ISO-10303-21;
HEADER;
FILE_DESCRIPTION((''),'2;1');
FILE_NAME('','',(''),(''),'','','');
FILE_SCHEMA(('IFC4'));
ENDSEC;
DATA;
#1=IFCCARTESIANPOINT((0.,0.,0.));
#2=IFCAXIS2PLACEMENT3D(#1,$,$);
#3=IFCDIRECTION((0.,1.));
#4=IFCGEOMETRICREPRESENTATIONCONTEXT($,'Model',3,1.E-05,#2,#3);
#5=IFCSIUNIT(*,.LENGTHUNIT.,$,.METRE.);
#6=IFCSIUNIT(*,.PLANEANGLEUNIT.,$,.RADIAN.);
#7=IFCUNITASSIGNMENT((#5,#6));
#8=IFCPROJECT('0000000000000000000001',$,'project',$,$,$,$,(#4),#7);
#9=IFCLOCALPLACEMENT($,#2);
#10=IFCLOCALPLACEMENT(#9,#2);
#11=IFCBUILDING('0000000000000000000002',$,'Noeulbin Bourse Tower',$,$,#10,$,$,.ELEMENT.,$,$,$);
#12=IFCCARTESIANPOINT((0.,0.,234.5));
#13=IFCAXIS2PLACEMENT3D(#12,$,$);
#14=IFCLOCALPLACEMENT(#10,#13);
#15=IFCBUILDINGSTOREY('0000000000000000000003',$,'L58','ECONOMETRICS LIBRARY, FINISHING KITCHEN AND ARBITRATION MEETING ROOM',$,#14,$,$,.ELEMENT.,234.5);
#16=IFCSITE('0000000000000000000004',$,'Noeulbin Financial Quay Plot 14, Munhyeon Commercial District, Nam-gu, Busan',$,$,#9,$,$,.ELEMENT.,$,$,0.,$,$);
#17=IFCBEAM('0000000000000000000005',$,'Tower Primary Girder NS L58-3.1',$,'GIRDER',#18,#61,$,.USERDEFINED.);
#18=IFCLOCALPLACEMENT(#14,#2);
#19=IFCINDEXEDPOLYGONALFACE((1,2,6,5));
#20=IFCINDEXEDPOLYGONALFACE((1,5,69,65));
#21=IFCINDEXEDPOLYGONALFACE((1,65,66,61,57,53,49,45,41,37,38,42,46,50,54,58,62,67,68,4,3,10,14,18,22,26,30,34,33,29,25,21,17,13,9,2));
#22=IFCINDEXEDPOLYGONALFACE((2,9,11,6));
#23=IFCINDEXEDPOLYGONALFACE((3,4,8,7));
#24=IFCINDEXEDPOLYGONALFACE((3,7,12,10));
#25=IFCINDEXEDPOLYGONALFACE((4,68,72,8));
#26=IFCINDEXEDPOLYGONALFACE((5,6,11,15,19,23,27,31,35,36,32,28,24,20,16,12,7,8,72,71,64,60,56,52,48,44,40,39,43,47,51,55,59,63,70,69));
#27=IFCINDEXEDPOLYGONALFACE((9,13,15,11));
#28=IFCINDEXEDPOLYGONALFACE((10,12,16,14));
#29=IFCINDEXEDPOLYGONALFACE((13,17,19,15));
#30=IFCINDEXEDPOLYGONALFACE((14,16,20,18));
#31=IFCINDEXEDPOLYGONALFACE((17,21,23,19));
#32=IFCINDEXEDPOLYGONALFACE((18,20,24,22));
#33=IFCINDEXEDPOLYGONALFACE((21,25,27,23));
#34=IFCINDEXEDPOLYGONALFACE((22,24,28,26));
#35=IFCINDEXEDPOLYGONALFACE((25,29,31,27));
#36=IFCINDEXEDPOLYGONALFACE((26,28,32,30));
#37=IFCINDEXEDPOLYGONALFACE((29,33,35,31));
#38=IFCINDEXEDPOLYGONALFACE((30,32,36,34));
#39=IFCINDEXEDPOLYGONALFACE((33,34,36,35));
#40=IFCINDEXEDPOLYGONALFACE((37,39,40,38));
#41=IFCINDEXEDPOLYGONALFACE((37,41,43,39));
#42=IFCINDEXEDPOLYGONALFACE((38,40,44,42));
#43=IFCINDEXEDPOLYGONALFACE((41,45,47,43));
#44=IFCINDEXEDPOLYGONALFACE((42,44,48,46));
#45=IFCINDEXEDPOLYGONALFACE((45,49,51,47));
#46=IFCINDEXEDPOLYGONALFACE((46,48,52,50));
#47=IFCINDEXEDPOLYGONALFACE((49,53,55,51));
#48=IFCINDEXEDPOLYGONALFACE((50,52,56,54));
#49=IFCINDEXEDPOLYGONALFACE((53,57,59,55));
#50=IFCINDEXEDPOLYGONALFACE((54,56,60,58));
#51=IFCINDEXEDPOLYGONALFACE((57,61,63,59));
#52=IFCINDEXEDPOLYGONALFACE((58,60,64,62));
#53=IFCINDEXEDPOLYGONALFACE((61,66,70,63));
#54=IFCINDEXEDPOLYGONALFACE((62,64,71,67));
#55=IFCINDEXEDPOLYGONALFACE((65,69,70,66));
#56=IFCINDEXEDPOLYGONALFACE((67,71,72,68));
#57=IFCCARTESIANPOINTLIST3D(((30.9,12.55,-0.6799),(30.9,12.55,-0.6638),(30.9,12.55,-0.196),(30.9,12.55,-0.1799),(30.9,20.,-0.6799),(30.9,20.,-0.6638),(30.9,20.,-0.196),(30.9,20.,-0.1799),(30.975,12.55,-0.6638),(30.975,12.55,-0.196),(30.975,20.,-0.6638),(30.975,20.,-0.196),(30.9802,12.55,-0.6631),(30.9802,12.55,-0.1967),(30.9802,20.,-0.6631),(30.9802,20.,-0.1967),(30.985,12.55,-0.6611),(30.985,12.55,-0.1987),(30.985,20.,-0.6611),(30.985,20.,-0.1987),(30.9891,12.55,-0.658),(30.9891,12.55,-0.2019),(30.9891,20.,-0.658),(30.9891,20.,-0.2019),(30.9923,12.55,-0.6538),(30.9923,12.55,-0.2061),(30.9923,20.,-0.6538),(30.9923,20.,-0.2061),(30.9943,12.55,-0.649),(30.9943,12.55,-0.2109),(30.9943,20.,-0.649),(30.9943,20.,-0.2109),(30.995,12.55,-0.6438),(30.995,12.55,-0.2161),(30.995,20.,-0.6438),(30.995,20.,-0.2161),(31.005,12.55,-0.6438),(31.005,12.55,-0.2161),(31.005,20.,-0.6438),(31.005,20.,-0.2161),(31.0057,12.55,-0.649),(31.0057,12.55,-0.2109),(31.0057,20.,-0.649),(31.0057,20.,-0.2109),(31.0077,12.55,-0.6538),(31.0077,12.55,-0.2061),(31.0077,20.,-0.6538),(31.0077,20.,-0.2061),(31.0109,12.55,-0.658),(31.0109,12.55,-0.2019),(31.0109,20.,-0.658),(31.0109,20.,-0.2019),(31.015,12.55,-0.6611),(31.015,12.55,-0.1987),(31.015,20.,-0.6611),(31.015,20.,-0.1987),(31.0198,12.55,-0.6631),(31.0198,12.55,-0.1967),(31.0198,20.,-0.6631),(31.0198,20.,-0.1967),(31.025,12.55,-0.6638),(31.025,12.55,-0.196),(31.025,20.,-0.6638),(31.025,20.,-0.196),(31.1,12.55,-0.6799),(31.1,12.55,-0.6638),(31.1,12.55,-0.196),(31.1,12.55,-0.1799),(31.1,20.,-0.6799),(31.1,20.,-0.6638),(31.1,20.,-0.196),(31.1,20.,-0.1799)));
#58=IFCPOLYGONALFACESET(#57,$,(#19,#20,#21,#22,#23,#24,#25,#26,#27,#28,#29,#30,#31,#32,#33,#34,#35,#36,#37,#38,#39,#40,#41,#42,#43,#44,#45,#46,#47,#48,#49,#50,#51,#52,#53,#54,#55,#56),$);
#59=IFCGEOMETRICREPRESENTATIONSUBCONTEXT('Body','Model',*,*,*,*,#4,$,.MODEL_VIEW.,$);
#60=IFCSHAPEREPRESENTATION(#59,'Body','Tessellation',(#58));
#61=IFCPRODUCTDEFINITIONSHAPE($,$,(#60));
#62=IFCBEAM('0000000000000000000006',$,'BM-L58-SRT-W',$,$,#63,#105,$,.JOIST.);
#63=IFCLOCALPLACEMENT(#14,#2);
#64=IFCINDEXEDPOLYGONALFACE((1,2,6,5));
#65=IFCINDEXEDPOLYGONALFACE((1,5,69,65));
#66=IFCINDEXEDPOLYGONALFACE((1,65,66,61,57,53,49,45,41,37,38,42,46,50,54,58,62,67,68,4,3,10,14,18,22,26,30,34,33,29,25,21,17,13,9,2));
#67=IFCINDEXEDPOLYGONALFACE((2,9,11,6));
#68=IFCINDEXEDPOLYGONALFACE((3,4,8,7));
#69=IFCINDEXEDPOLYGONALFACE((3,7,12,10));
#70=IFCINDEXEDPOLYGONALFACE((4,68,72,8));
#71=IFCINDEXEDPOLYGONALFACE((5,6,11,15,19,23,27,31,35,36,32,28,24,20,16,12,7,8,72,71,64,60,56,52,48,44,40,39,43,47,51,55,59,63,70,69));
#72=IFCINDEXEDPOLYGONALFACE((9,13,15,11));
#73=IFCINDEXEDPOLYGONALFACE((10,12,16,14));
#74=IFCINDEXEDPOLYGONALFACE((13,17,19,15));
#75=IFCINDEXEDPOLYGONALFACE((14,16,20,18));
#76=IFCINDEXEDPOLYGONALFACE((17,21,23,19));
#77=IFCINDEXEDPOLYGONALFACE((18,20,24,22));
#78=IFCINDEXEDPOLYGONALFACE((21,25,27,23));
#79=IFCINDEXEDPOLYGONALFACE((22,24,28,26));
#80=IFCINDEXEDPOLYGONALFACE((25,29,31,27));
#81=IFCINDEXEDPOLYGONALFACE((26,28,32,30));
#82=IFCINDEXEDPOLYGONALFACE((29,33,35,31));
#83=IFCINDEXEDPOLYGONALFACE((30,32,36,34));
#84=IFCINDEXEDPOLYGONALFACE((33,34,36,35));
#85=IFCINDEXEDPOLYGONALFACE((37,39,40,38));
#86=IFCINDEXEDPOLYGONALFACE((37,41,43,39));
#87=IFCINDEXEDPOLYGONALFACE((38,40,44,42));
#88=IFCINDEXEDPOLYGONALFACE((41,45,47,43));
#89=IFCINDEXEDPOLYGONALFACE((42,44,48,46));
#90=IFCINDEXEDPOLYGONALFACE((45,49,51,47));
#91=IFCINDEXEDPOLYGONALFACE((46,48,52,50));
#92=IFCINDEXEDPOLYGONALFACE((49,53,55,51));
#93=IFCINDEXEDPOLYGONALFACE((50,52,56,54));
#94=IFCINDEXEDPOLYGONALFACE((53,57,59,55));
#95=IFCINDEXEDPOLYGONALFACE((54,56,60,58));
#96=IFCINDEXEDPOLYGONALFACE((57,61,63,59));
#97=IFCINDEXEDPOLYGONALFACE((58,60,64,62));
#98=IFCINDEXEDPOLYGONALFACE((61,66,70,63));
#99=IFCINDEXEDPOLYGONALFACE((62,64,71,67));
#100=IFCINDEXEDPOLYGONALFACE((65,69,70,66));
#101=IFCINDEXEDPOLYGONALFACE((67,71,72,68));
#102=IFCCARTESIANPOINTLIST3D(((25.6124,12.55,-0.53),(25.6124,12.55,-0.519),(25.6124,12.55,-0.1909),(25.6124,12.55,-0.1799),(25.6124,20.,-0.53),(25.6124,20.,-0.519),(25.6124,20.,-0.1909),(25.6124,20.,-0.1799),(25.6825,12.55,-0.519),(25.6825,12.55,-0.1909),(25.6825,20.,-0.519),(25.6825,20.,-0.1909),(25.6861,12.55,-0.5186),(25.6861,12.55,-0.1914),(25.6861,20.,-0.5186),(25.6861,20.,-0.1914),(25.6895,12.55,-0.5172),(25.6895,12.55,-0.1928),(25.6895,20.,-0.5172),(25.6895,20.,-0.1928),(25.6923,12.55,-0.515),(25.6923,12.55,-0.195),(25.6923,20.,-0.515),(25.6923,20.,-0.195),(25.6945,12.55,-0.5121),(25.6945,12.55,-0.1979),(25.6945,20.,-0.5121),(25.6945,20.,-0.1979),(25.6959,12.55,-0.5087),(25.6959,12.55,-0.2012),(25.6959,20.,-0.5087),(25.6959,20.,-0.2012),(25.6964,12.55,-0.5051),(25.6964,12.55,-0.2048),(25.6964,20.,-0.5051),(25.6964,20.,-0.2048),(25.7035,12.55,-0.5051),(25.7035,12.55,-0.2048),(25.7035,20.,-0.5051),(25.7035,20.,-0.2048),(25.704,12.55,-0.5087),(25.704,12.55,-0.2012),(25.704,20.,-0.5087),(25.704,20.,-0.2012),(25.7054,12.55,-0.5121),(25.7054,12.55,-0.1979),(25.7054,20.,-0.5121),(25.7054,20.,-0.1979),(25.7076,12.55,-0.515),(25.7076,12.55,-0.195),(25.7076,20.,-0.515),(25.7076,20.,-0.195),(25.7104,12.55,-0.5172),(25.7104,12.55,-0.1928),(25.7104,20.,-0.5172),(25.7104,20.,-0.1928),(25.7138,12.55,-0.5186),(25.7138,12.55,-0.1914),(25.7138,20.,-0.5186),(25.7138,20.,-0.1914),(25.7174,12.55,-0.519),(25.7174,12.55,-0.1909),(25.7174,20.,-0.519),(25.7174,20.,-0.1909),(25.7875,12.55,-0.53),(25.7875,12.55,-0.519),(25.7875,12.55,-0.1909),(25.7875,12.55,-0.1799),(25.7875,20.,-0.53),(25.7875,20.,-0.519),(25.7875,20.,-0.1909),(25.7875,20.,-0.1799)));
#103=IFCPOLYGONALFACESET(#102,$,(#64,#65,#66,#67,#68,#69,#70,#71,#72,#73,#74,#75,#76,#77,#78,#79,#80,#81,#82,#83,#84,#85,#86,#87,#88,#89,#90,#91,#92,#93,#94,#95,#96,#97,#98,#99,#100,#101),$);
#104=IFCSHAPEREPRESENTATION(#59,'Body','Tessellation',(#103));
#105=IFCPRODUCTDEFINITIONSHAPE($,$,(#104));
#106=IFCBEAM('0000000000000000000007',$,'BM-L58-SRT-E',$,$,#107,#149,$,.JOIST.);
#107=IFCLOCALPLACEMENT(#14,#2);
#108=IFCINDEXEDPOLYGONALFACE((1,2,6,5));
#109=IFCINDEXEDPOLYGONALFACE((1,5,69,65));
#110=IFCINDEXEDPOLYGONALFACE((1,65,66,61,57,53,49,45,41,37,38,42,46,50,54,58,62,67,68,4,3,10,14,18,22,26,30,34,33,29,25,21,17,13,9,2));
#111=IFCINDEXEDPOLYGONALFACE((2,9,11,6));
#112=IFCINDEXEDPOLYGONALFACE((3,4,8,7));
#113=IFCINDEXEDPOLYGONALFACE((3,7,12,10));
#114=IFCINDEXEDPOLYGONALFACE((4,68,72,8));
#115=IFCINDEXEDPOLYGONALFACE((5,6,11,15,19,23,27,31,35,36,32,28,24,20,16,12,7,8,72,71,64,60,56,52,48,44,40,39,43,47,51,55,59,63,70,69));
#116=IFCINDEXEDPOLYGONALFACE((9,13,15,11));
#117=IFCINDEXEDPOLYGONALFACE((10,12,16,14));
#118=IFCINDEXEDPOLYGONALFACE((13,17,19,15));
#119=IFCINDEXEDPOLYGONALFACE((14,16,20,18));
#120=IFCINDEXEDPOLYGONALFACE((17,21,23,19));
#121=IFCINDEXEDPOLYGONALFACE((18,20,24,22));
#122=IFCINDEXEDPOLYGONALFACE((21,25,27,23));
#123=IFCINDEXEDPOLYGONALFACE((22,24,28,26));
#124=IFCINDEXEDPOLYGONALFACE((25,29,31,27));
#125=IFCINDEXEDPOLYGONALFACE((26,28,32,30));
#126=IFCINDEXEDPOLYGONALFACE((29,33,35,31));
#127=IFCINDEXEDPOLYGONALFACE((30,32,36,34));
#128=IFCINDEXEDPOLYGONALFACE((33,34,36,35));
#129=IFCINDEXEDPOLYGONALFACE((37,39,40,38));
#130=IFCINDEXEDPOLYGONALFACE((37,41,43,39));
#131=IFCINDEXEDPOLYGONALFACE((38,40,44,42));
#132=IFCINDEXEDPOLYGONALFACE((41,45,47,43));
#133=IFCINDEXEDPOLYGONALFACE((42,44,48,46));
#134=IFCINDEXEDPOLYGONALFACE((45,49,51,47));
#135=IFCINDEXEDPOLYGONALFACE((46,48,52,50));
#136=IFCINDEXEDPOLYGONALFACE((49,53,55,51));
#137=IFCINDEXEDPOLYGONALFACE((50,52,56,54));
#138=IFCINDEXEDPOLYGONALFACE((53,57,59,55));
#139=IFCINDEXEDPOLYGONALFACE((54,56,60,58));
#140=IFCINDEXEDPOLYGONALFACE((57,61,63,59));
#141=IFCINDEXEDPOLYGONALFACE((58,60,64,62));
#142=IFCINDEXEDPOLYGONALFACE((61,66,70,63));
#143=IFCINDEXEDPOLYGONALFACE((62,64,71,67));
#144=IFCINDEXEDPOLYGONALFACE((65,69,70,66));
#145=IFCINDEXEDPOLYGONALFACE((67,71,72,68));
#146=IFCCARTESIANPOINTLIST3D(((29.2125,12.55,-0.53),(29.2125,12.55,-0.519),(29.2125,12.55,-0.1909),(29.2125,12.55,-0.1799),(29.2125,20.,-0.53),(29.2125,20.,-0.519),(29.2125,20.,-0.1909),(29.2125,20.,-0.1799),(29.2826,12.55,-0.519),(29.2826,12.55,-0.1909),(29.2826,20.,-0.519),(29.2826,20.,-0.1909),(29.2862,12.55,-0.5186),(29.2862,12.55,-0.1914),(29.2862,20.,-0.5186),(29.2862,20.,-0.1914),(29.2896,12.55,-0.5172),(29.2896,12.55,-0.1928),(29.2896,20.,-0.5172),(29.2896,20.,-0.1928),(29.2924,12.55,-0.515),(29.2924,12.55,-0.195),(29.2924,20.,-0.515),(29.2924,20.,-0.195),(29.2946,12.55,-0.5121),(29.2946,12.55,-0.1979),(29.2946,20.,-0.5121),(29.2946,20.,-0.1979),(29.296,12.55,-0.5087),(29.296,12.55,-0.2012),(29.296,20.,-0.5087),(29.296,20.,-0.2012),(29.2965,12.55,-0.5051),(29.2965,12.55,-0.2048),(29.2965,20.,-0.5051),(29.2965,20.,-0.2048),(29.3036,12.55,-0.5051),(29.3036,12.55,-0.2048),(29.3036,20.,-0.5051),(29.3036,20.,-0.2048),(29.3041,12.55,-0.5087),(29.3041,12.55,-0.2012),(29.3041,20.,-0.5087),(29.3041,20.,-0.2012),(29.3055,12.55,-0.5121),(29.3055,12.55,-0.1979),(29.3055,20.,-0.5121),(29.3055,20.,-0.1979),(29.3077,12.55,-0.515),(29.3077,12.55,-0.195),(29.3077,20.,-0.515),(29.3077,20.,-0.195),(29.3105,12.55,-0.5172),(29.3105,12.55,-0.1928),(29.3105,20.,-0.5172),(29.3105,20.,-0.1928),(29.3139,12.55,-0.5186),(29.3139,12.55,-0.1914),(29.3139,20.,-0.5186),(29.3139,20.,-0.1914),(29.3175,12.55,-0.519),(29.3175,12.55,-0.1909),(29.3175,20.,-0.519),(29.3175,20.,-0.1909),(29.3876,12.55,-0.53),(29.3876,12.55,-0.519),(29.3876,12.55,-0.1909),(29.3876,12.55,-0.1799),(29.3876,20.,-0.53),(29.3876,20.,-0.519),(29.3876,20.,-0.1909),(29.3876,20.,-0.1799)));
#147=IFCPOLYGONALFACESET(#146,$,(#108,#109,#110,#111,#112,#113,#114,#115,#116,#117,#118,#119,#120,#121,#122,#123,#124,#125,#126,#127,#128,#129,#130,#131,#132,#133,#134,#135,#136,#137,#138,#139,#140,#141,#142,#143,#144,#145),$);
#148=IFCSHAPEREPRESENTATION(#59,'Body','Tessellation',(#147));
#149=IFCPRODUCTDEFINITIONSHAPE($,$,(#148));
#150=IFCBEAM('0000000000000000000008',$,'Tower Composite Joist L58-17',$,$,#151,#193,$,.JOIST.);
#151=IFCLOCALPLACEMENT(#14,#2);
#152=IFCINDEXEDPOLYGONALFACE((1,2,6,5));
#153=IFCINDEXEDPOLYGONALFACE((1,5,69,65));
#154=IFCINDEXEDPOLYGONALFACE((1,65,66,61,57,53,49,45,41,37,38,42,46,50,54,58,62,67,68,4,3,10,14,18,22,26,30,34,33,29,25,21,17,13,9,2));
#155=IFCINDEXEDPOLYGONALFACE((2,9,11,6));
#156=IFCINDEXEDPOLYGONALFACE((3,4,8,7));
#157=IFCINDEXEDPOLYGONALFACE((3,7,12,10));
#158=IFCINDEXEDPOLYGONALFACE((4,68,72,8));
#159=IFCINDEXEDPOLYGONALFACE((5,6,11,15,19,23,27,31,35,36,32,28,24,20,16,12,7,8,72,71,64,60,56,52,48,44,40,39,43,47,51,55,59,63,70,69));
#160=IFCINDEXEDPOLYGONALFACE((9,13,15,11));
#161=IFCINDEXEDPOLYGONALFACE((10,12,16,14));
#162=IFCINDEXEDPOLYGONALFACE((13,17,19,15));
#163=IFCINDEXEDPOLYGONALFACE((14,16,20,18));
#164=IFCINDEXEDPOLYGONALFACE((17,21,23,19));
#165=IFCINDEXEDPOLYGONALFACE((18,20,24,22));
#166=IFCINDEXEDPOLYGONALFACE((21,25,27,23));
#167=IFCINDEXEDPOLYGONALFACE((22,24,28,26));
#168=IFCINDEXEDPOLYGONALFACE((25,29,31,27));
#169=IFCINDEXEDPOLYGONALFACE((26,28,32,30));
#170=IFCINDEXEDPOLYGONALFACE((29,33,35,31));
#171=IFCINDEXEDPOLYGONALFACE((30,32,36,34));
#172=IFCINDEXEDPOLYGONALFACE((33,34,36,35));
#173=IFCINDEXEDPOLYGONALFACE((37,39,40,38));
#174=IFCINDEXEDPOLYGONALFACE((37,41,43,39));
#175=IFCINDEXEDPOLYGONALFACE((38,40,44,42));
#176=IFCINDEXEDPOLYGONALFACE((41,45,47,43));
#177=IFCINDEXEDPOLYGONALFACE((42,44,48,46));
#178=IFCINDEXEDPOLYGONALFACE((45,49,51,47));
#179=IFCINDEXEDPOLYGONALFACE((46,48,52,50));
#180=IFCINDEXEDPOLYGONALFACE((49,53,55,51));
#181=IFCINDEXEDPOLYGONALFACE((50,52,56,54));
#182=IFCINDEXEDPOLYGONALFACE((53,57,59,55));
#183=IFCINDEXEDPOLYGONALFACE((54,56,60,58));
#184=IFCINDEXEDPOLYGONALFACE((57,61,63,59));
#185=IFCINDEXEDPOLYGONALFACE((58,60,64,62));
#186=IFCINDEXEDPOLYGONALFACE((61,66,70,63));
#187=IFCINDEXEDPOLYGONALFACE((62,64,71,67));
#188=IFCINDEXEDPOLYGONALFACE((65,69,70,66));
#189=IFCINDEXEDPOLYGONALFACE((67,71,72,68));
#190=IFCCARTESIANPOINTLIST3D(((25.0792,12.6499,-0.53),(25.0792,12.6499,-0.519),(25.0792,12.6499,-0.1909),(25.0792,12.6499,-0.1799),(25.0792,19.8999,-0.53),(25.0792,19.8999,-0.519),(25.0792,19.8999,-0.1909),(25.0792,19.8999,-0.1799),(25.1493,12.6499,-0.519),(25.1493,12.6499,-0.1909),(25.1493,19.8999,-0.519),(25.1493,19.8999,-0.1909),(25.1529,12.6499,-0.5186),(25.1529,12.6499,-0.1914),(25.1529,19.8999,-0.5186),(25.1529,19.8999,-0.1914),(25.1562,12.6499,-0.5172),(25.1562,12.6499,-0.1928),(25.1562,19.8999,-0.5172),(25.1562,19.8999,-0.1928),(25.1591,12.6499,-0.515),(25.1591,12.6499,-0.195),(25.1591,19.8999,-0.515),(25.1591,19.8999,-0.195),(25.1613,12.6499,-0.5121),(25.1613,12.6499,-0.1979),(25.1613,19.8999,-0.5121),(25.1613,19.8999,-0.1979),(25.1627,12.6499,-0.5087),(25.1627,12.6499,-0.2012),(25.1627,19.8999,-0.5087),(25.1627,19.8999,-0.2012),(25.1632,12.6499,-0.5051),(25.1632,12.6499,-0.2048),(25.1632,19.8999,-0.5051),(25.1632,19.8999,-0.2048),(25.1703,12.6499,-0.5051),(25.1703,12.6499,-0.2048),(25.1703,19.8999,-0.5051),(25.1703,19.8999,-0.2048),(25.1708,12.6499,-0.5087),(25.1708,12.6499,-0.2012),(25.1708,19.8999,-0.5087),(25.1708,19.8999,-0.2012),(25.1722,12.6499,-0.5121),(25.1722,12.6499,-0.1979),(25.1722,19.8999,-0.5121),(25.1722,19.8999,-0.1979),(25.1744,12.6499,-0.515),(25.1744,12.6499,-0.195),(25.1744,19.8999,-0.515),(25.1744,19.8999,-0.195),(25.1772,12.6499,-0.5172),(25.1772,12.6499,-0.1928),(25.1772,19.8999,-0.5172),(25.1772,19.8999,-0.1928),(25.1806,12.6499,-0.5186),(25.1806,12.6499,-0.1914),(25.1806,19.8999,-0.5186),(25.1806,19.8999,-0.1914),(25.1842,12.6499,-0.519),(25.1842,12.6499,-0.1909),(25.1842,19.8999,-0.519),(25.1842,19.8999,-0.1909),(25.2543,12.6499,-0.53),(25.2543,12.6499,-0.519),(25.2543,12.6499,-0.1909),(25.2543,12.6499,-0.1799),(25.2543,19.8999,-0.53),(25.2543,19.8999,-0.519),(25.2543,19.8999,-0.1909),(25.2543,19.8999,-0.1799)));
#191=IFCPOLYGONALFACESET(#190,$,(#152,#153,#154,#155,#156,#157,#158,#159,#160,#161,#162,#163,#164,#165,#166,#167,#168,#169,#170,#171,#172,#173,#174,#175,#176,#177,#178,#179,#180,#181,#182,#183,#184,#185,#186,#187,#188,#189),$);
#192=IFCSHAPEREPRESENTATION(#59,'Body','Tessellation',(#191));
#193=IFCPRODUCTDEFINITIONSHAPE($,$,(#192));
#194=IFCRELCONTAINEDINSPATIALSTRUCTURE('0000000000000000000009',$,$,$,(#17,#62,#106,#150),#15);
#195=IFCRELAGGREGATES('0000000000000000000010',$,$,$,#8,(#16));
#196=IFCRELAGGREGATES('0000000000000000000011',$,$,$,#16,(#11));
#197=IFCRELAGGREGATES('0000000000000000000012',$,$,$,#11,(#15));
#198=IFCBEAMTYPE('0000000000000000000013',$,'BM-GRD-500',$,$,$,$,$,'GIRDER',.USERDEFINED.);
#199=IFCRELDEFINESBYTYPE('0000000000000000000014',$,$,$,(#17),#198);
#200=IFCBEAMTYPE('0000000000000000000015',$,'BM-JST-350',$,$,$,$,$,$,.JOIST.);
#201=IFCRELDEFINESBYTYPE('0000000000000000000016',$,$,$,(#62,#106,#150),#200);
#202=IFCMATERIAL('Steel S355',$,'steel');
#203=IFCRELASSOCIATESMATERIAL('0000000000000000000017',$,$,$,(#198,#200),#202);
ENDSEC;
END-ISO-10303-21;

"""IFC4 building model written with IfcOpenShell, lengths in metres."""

from ifc_helpers import new_model, si_unit, direction, frame, origin, origin_2d, place, context, subcontext, project, spatial, i_section, extrude, material, material_profile, profile_set, type_object, element, save


model = new_model("IFC4")

# Units and contexts
model_context = context("Model", 3, precision=1e-05, world=origin(), true_north=direction((0.0, 1.0)))
body_context = subcontext(model_context, "Body", "Model", "MODEL_VIEW")
ifc_project = project(units=[si_unit("LENGTHUNIT", "METRE"), si_unit("PLANEANGLEUNIT", "RADIAN")], contexts=[model_context])

# Site, building, storey
site_placement = place(None, origin())
site = spatial("IfcSite", under=ifc_project, at=site_placement, Name="Noeulbin Financial Quay Plot 14, Munhyeon Commercial District, Nam-gu, Busan", CompositionType="ELEMENT", RefElevation=0.0)
building_placement = place(site_placement, origin())
building = spatial("IfcBuilding", under=site, at=building_placement, Name="Noeulbin Bourse Tower", CompositionType="ELEMENT")
storey_placement = place(building_placement, frame((0.0, 0.0, 234.5)))
storey = spatial("IfcBuildingStorey", under=building, at=storey_placement, Name="L58", Description="ECONOMETRICS LIBRARY, FINISHING KITCHEN AND ARBITRATION MEETING ROOM", CompositionType="ELEMENT", Elevation=234.5)

# Shared definitions
ifc_material_1 = material(Name="Steel S355", Category="steel")

# Beams
ifc_material_profile_1 = material_profile(ifc_material_1, i_section(OverallWidth=0.2, OverallDepth=0.5, WebThickness=0.01, FlangeThickness=0.0161, FilletRadius=0.02, at=origin_2d()), Name="H-500x200x10x16", Category="LoadBearing")
ifc_profile_set_1 = profile_set([ifc_material_profile_1], Name="Steel S355")
beam_type_1 = type_object("IfcBeamType", Name="BM-GRD-500", ElementType="GIRDER", PredefinedType="USERDEFINED", material=ifc_profile_set_1)
beam_1_placement = place(storey_placement, frame((31.0, 12.55, -0.4299), z_axis=(0.0, 1.0, 0.0), x_axis=(-1.0, 0.0, 0.0)))
element("IfcBeam", 1, at=beam_1_placement, inside=storey, type_object=beam_type_1, Name="Tower Primary Girder NS L58-3.1", ObjectType="GIRDER", PredefinedType="USERDEFINED", context=body_context, shape_type="SweptSolid", body=[
    extrude(i_section(OverallWidth=0.2, OverallDepth=0.5, WebThickness=0.01, FlangeThickness=0.0161, FilletRadius=0.02, at=origin_2d()), origin(), (0.0, 0.0, 1.0), 7.45),
])
ifc_material_profile_2 = material_profile(ifc_material_1, i_section(OverallWidth=0.175, OverallDepth=0.3501, WebThickness=0.0071, FlangeThickness=0.011, FilletRadius=0.0139, at=origin_2d()), Name="H-350x175x7x11", Category="LoadBearing")
ifc_profile_set_2 = profile_set([ifc_material_profile_2], Name="Steel S355")
beam_type_2 = type_object("IfcBeamType", Name="BM-JST-350", PredefinedType="JOIST", material=ifc_profile_set_2)
for number, where, z_axis, x_axis, name in (
    (2, (25.7, 12.55, -0.355), (0.0, 1.0, 0.0), (-1.0, 0.0, 0.0), "BM-L58-SRT-W"),
    (3, (29.3, 12.55, -0.355), (0.0, 1.0, 0.0), (-1.0, 0.0, 0.0), "BM-L58-SRT-E"),
):
    element("IfcBeam", number, at=place(storey_placement, frame(where, z_axis=z_axis, x_axis=x_axis)), inside=storey, type_object=beam_type_2, Name=name, PredefinedType="JOIST", context=body_context, shape_type="SweptSolid", body=[
        extrude(i_section(OverallWidth=0.175, OverallDepth=0.3501, WebThickness=0.0071, FlangeThickness=0.011, FilletRadius=0.0139, at=origin_2d()), origin(), (0.0, 0.0, 1.0), 7.45),
    ])
beam_2_placement = place(storey_placement, frame((25.1667, 12.6499, -0.355), z_axis=(0.0, 1.0, 0.0), x_axis=(-1.0, 0.0, 0.0)))
element("IfcBeam", 4, at=beam_2_placement, inside=storey, type_object=beam_type_2, Name="Tower Composite Joist L58-17", PredefinedType="JOIST", context=body_context, shape_type="SweptSolid", body=[
    extrude(i_section(OverallWidth=0.175, OverallDepth=0.3501, WebThickness=0.0071, FlangeThickness=0.011, FilletRadius=0.0139, at=origin_2d()), origin(), (0.0, 0.0, 1.0), 7.25),
])

save(model, "model.ifc")
